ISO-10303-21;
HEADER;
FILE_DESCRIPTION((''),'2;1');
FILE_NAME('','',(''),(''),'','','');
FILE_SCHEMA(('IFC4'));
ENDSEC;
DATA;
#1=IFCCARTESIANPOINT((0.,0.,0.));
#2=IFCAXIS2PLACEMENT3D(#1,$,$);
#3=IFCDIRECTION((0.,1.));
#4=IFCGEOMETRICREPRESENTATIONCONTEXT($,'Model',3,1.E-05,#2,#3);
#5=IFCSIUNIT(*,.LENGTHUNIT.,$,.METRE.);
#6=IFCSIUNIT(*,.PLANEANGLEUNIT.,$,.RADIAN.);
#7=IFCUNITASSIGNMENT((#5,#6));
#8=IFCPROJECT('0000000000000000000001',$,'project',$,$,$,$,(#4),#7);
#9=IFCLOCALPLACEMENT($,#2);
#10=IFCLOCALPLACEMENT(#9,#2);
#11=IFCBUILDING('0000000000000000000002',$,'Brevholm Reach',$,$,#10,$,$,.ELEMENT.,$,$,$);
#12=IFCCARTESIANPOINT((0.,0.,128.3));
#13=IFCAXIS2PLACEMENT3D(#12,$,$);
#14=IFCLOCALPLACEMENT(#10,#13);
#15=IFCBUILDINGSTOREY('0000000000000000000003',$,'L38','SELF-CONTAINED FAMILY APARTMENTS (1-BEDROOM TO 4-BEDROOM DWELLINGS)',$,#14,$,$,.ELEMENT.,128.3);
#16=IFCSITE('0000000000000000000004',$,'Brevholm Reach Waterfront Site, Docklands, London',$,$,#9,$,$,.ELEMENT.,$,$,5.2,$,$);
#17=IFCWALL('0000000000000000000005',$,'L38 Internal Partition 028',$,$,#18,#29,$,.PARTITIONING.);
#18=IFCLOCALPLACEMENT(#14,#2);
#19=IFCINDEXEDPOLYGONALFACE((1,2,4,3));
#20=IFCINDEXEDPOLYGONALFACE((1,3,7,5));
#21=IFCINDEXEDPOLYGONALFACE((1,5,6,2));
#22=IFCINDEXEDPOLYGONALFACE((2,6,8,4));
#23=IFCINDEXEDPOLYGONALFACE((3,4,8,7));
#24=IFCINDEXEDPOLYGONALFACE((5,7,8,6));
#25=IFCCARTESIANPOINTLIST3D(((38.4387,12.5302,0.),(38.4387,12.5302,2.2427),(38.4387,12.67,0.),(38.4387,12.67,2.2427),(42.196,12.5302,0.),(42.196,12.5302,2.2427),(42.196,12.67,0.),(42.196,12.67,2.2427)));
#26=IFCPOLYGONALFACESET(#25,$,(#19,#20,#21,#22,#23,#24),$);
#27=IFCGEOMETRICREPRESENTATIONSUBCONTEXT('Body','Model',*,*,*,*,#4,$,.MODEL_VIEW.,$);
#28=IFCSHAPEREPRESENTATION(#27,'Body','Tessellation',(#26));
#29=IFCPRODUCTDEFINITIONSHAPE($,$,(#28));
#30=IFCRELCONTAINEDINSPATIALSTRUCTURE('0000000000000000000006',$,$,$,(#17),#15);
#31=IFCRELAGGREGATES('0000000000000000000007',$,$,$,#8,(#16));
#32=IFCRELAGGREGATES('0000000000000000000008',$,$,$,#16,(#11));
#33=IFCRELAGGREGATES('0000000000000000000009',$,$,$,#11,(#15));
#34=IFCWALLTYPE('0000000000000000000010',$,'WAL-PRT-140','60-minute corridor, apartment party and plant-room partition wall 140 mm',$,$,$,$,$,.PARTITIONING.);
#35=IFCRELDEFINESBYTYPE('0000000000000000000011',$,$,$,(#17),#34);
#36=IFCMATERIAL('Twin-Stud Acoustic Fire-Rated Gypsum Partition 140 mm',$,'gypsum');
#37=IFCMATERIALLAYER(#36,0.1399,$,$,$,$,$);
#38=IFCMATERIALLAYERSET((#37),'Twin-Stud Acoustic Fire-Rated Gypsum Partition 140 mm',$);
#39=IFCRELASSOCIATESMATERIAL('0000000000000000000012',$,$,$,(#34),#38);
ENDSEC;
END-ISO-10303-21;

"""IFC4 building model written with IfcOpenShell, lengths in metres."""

from ifc_helpers import new_model, si_unit, direction, frame, frame_2d, origin, place, context, subcontext, project, spatial, rectangle, extrude, material, layer, layer_set, type_object, element, save


model = new_model("IFC4")

# Units and contexts
model_context = context("Model", 3, precision=1e-05, world=origin(), true_north=direction((0.0, 1.0)))
body_context = subcontext(model_context, "Body", "Model", "MODEL_VIEW")
ifc_project = project(units=[si_unit("LENGTHUNIT", "METRE"), si_unit("PLANEANGLEUNIT", "RADIAN")], contexts=[model_context])

# Site, building, storey
site_placement = place(None, origin())
site = spatial("IfcSite", under=ifc_project, at=site_placement, Name="Brevholm Reach Waterfront Site, Docklands, London", CompositionType="ELEMENT", RefElevation=5.2)
building_placement = place(site_placement, origin())
building = spatial("IfcBuilding", under=site, at=building_placement, Name="Brevholm Reach", CompositionType="ELEMENT")
storey_placement = place(building_placement, frame((0.0, 0.0, 128.3)))
storey = spatial("IfcBuildingStorey", under=building, at=storey_placement, Name="L38", Description="SELF-CONTAINED FAMILY APARTMENTS (1-BEDROOM TO 4-BEDROOM DWELLINGS)", CompositionType="ELEMENT", Elevation=128.3)

# Wall
ifc_material_1 = material(Name="Twin-Stud Acoustic Fire-Rated Gypsum Partition 140 mm", Category="gypsum")
ifc_layer_1 = layer(ifc_material_1, 0.1399)
ifc_layer_set_1 = layer_set([ifc_layer_1], Name="Twin-Stud Acoustic Fire-Rated Gypsum Partition 140 mm")
wall_type_1 = type_object("IfcWallType", Name="WAL-PRT-140", Description="60-minute corridor, apartment party and plant-room partition wall 140 mm", PredefinedType="PARTITIONING", material=ifc_layer_set_1)
wall_1_placement = place(storey_placement, frame((38.4387, 12.6001, 0.0), z_axis=(0.0, 0.0, 1.0), x_axis=(1.0, 0.0, 0.0)))
element("IfcWall", 1, at=wall_1_placement, inside=storey, type_object=wall_type_1, Name="L38 Internal Partition 028", PredefinedType="PARTITIONING", context=body_context, shape_type="SweptSolid", body=[
    extrude(rectangle(XDim=3.7573, YDim=0.1399, at=frame_2d((1.8787, 0.0))), origin(), (0.0, 0.0, 1.0), 2.2427),
])

save(model, "model.ifc")
